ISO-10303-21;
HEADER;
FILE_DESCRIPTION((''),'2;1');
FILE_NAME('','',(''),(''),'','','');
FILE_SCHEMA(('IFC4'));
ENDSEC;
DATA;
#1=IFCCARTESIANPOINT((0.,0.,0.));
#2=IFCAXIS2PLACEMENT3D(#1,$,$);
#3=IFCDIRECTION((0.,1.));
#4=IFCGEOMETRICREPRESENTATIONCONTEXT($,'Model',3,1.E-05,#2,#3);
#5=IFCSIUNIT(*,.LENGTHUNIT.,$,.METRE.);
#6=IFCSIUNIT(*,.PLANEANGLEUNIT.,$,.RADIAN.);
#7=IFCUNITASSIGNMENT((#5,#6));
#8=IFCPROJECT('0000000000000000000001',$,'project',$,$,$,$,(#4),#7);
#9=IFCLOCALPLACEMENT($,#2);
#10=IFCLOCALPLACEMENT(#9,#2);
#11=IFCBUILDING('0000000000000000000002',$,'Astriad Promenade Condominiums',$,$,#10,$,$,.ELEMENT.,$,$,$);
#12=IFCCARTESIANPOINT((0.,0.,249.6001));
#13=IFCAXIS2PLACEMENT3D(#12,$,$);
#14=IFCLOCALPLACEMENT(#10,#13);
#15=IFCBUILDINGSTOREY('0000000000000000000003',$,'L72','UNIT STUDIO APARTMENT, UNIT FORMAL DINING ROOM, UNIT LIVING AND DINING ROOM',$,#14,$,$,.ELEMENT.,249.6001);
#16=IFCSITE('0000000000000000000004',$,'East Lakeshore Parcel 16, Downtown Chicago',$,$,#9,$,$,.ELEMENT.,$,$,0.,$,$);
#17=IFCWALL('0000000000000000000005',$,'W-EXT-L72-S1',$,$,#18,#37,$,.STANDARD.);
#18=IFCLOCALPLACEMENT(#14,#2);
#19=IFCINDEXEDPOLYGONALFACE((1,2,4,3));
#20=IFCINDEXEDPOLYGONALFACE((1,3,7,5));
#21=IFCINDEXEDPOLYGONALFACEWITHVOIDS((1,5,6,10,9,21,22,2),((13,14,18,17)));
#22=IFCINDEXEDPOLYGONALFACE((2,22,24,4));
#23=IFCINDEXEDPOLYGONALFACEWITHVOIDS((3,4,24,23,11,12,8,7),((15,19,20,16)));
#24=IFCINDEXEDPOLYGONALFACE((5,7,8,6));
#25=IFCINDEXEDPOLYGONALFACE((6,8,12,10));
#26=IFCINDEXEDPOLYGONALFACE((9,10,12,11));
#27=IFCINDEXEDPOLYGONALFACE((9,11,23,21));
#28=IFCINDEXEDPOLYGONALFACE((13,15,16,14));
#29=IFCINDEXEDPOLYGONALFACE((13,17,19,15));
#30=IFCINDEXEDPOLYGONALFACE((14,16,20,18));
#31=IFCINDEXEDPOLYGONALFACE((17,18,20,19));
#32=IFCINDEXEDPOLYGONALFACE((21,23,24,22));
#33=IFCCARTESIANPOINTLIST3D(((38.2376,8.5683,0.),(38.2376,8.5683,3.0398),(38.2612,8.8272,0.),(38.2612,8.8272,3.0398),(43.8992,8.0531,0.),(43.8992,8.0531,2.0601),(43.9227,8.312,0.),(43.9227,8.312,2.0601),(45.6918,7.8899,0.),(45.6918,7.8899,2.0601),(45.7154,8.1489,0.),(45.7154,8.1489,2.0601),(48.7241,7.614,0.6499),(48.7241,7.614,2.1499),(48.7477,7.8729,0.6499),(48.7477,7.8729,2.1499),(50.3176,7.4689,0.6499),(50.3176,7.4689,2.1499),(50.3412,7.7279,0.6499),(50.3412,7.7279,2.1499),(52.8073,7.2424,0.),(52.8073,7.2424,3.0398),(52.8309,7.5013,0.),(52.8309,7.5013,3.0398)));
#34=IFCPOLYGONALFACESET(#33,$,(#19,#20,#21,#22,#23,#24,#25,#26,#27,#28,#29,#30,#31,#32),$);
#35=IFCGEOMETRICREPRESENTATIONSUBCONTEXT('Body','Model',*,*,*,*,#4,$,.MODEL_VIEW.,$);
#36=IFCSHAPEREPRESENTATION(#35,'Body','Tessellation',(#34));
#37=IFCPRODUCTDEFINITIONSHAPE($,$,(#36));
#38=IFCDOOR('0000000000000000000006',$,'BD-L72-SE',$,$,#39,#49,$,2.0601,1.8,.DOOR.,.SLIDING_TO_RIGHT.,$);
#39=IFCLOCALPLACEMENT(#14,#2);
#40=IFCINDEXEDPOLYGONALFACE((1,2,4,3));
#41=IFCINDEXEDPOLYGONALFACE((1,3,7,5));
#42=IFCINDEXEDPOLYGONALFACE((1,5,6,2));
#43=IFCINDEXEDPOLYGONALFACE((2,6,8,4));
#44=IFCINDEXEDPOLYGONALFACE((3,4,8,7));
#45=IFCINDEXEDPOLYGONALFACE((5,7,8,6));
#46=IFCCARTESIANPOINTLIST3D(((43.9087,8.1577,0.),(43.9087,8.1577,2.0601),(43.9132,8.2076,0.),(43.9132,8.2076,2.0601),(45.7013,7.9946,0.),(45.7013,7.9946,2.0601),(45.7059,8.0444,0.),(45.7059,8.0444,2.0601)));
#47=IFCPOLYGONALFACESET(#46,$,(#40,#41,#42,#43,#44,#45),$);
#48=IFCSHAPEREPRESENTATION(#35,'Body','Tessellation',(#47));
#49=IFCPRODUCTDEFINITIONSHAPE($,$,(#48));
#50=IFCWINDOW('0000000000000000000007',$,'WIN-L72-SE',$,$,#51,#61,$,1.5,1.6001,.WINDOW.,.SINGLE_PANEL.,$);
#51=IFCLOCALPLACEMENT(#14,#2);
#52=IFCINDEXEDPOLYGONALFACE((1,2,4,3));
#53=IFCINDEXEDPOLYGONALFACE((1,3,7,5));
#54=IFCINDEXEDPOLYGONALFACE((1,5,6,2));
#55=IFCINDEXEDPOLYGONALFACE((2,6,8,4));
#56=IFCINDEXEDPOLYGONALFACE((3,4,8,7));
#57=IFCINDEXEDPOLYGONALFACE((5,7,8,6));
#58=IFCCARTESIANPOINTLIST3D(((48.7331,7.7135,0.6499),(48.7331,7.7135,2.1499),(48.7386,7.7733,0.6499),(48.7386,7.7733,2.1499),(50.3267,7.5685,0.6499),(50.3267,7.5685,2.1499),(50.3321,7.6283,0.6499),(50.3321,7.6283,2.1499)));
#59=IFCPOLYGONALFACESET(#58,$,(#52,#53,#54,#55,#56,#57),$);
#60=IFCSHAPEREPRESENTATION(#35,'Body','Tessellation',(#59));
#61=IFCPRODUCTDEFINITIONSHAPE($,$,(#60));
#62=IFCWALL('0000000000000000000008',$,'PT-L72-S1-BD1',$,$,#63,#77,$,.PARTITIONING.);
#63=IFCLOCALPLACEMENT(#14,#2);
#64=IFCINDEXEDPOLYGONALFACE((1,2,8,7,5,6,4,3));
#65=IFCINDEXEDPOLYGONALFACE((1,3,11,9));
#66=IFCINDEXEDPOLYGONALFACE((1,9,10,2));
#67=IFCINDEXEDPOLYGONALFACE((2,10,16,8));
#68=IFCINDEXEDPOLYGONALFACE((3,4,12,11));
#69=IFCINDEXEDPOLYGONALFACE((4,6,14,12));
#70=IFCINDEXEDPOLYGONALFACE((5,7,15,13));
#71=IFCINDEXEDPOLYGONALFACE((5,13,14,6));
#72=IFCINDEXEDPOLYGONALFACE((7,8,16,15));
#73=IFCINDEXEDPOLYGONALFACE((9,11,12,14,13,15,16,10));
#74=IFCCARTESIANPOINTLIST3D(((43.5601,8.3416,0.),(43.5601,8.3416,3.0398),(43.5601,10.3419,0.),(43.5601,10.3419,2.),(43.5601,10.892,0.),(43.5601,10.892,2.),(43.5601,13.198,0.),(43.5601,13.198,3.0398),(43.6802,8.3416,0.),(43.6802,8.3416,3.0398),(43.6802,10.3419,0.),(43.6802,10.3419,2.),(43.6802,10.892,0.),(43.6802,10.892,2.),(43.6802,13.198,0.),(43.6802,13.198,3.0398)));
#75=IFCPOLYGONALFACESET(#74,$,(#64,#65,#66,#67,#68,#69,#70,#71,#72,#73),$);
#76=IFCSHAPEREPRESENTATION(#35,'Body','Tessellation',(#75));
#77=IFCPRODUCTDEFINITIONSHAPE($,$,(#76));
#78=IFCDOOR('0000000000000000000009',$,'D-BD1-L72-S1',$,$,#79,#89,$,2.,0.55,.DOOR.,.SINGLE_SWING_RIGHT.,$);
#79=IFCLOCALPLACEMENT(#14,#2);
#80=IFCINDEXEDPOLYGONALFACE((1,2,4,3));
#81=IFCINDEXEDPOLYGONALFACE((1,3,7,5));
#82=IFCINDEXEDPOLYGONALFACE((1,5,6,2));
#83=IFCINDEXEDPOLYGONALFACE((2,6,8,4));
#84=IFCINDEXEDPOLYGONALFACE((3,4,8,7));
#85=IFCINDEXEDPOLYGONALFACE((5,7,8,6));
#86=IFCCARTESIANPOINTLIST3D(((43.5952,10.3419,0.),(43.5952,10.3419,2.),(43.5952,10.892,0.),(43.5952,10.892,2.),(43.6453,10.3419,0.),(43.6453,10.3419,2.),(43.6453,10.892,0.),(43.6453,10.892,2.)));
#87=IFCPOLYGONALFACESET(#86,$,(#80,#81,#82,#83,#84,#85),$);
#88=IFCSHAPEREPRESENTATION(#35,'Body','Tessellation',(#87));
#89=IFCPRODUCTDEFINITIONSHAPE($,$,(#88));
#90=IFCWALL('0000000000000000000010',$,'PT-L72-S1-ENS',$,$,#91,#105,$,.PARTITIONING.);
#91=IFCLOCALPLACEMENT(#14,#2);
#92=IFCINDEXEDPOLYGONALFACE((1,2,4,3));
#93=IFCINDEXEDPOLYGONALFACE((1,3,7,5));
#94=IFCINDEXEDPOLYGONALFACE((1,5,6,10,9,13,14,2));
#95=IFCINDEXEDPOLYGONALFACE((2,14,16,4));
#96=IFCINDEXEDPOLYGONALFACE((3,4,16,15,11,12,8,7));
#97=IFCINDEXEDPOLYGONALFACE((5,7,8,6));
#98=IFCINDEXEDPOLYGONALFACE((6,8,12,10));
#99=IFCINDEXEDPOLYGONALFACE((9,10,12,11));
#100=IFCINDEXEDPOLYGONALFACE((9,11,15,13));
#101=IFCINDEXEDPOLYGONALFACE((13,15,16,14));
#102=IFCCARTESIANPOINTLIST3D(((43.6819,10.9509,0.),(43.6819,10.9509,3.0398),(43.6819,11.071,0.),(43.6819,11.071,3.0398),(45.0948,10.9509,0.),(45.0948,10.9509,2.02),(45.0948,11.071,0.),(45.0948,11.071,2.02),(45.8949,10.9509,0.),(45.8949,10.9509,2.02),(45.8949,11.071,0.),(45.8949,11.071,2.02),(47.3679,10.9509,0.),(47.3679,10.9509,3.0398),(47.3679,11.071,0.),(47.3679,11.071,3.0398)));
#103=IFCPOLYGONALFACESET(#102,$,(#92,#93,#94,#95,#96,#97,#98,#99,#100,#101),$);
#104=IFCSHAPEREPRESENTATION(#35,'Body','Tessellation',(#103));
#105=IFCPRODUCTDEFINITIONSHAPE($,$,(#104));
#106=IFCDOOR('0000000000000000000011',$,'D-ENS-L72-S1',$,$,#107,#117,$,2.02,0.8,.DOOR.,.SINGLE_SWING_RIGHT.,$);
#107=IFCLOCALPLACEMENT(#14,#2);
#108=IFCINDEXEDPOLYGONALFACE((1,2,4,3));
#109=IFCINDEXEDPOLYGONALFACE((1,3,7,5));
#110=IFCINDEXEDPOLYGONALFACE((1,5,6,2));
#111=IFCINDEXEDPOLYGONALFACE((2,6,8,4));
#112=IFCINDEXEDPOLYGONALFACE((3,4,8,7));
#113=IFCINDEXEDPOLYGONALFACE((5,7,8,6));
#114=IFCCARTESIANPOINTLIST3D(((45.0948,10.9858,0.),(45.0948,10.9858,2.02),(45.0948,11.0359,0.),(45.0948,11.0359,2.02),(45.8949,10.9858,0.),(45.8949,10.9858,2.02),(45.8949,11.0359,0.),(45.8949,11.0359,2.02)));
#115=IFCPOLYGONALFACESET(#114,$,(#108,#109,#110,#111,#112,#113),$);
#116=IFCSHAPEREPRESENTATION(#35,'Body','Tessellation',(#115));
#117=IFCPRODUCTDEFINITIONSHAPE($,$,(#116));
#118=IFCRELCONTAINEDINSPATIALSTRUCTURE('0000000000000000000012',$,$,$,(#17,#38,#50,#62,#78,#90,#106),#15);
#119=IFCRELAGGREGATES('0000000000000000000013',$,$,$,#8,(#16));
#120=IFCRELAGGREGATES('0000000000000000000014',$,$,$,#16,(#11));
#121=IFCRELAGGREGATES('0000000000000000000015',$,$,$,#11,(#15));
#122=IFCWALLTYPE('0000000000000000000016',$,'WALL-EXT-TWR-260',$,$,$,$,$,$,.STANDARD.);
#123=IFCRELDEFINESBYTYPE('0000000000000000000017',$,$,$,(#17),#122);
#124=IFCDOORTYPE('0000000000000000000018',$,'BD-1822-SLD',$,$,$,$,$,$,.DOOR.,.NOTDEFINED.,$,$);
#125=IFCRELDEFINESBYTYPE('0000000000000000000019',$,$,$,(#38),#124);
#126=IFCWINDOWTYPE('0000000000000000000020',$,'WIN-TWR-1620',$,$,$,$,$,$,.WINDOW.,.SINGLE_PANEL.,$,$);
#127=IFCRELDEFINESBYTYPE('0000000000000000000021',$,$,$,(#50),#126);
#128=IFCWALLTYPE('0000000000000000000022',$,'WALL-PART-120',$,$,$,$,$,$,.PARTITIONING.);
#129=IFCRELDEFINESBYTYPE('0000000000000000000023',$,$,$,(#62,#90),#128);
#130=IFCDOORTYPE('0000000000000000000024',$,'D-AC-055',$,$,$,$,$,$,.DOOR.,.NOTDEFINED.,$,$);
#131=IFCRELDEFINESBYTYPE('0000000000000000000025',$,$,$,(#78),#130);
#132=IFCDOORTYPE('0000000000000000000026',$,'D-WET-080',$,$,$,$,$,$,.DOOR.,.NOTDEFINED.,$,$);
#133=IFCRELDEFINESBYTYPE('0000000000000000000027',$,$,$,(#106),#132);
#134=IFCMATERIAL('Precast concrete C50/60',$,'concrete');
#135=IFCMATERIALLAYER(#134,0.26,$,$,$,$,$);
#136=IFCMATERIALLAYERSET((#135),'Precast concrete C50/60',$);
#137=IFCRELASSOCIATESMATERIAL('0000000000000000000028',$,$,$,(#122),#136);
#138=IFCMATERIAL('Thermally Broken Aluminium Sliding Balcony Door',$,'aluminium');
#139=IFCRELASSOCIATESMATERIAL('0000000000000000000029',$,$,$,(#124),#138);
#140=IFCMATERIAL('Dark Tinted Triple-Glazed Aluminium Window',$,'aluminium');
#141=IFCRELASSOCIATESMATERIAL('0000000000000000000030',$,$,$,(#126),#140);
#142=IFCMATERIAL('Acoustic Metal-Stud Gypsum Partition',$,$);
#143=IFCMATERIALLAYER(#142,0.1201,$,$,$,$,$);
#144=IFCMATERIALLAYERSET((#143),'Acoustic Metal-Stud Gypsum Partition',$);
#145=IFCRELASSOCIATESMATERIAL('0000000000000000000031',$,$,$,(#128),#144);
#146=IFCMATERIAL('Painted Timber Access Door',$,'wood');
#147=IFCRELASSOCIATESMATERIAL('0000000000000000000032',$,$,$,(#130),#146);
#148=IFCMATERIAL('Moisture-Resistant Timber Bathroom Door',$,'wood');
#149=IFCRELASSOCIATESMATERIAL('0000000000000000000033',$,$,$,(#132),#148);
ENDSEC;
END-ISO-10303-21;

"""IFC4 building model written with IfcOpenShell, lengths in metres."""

from ifc_helpers import new_model, si_unit, direction, frame, frame_2d, origin, place, context, subcontext, project, spatial, rectangle, extrude, source, transform, mapped, material, layer, layer_set, type_object, type_shapes, element, fill, save


model = new_model("IFC4")

# Units and contexts
model_context = context("Model", 3, precision=1e-05, world=origin(), true_north=direction((0.0, 1.0)))
body_context = subcontext(model_context, "Body", "Model", "MODEL_VIEW")
ifc_project = project(units=[si_unit("LENGTHUNIT", "METRE"), si_unit("PLANEANGLEUNIT", "RADIAN")], contexts=[model_context])

# Site, building, storey
site_placement = place(None, origin())
site = spatial("IfcSite", under=ifc_project, at=site_placement, Name="East Lakeshore Parcel 16, Downtown Chicago", CompositionType="ELEMENT", RefElevation=0.0)
building_placement = place(site_placement, origin())
building = spatial("IfcBuilding", under=site, at=building_placement, Name="Astriad Promenade Condominiums", CompositionType="ELEMENT")
storey_placement = place(building_placement, frame((0.0, 0.0, 249.6001)))
storey = spatial("IfcBuildingStorey", under=building, at=storey_placement, Name="L72", Description="UNIT STUDIO APARTMENT, UNIT FORMAL DINING ROOM, UNIT LIVING AND DINING ROOM", CompositionType="ELEMENT", Elevation=249.6001)

# Shared definitions
ifc_material_1 = material(Name="Precast concrete C50/60", Category="concrete")
ifc_layer_1 = layer(ifc_material_1, 0.26)
ifc_layer_set_1 = layer_set([ifc_layer_1], Name="Precast concrete C50/60")
wall_type_1 = type_object("IfcWallType", Name="WALL-EXT-TWR-260", PredefinedType="STANDARD", material=ifc_layer_set_1)

# Wall, openings, door, window
wall_1_placement = place(storey_placement, frame((52.8191, 7.3718, 0.0), z_axis=(0.0, 0.0, 1.0), x_axis=(-0.995884, 0.090632, 0.0)))
wall_1 = element("IfcWall", 1, at=wall_1_placement, inside=storey, type_object=wall_type_1, Name="W-EXT-L72-S1", PredefinedType="STANDARD", context=body_context, shape_type="SweptSolid", body=[
    extrude(rectangle(XDim=14.6299, YDim=0.26, at=frame_2d((7.3149, 0.0))), origin(), (0.0, 0.0, 1.0), 3.0398),
])
opening_1_placement = place(wall_1_placement, frame((7.145, 0.0, 0.0)))
opening_1 = element("IfcOpeningElement", 2, at=opening_1_placement, cuts=wall_1, PredefinedType="OPENING", context=body_context, shape_type="SweptSolid", body=[
    extrude(rectangle(XDim=1.8, YDim=2.0601, at=frame_2d((0.8999, 1.03))), frame((0.0, 0.1399, 0.0), z_axis=(0.0, -1.0, 0.0), x_axis=(1.0, 0.0, 0.0)), (0.0, 0.0, 1.0), 0.28),
])
opening_2_placement = place(wall_1_placement, frame((2.5, 0.0, 0.6499)))
opening_2 = element("IfcOpeningElement", 3, at=opening_2_placement, cuts=wall_1, PredefinedType="OPENING", context=body_context, shape_type="SweptSolid", body=[
    extrude(rectangle(XDim=1.6001, YDim=1.5, at=frame_2d((0.8, 0.75))), frame((0.0, 0.1399, 0.0), z_axis=(0.0, -1.0, 0.0), x_axis=(1.0, 0.0, 0.0)), (0.0, 0.0, 1.0), 0.28),
])
ifc_material_2 = material(Name="Thermally Broken Aluminium Sliding Balcony Door", Category="aluminium")
door_type_1 = type_object("IfcDoorType", Name="BD-1822-SLD", OperationType="NOTDEFINED", PredefinedType="DOOR", material=ifc_material_2)
shared_shape_1 = source(origin(), body_context, "Body", "SweptSolid", [
    extrude(rectangle(XDim=1.8, YDim=2.0601, at=frame_2d((0.8999, 1.03))), frame((0.0, 0.0249, 0.0), z_axis=(0.0, -1.0, 0.0), x_axis=(1.0, 0.0, 0.0)), (0.0, 0.0, 1.0), 0.05),
])
type_shapes(door_type_1, [shared_shape_1])
door_1_placement = place(opening_1_placement, origin())
door_1 = element("IfcDoor", 4, at=door_1_placement, inside=storey, type_object=door_type_1, Name="BD-L72-SE", OperationType="SLIDING_TO_RIGHT", OverallHeight=2.0601, OverallWidth=1.8, PredefinedType="DOOR", context=body_context, shape_type="MappedRepresentation", body=[
    mapped(shared_shape_1, transform((0.0, 0.0, 0.0), scale=1.0)),
])
fill(opening_1, door_1)
ifc_material_3 = material(Name="Dark Tinted Triple-Glazed Aluminium Window", Category="aluminium")
window_type = type_object("IfcWindowType", Name="WIN-TWR-1620", PartitioningType="SINGLE_PANEL", PredefinedType="WINDOW", material=ifc_material_3)
shared_shape_2 = source(origin(), body_context, "Body", "SweptSolid", [
    extrude(rectangle(XDim=1.6001, YDim=1.5, at=frame_2d((0.8, 0.75))), frame((0.0, 0.03, 0.0), z_axis=(0.0, -1.0, 0.0), x_axis=(1.0, 0.0, 0.0)), (0.0, 0.0, 1.0), 0.0601),
])
type_shapes(window_type, [shared_shape_2])
window_placement = place(opening_2_placement, origin())
window = element("IfcWindow", 5, at=window_placement, inside=storey, type_object=window_type, Name="WIN-L72-SE", OverallHeight=1.5, OverallWidth=1.6001, PartitioningType="SINGLE_PANEL", PredefinedType="WINDOW", context=body_context, shape_type="MappedRepresentation", body=[
    mapped(shared_shape_2, transform((0.0, 0.0, 0.0), scale=1.0)),
])
fill(opening_2, window)

# Walls, openings, doors
ifc_material_4 = material(Name="Acoustic Metal-Stud Gypsum Partition")
ifc_layer_2 = layer(ifc_material_4, 0.1201)
ifc_layer_set_2 = layer_set([ifc_layer_2], Name="Acoustic Metal-Stud Gypsum Partition")
wall_type_2 = type_object("IfcWallType", Name="WALL-PART-120", PredefinedType="PARTITIONING", material=ifc_layer_set_2)
wall_2_placement = place(storey_placement, frame((43.6201, 8.3416, 0.0), z_axis=(0.0, 0.0, 1.0), x_axis=(0.0, 1.0, 0.0)))
wall_2 = element("IfcWall", 6, at=wall_2_placement, inside=storey, type_object=wall_type_2, Name="PT-L72-S1-BD1", PredefinedType="PARTITIONING", context=body_context, shape_type="SweptSolid", body=[
    extrude(rectangle(XDim=4.8564, YDim=0.1201, at=frame_2d((2.4282, 0.0))), origin(), (0.0, 0.0, 1.0), 3.0398),
])
opening_3_placement = place(wall_2_placement, frame((2.0005, 0.0, 0.0)))
opening_3 = element("IfcOpeningElement", 7, at=opening_3_placement, cuts=wall_2, PredefinedType="OPENING", context=body_context, shape_type="SweptSolid", body=[
    extrude(rectangle(XDim=0.55, YDim=2.0, at=frame_2d((0.2749, 1.0))), frame((0.0, 0.0701, 0.0), z_axis=(0.0, -1.0, 0.0), x_axis=(1.0, 0.0, 0.0)), (0.0, 0.0, 1.0), 0.1401),
])
ifc_material_5 = material(Name="Painted Timber Access Door", Category="wood")
door_type_2 = type_object("IfcDoorType", Name="D-AC-055", OperationType="NOTDEFINED", PredefinedType="DOOR", material=ifc_material_5)
shared_shape_3 = source(origin(), body_context, "Body", "SweptSolid", [
    extrude(rectangle(XDim=0.55, YDim=2.0, at=frame_2d((0.2749, 1.0))), frame((0.0, 0.0249, 0.0), z_axis=(0.0, -1.0, 0.0), x_axis=(1.0, 0.0, 0.0)), (0.0, 0.0, 1.0), 0.05),
])
type_shapes(door_type_2, [shared_shape_3])
door_2_placement = place(opening_3_placement, origin())
door_2 = element("IfcDoor", 8, at=door_2_placement, inside=storey, type_object=door_type_2, Name="D-BD1-L72-S1", OperationType="SINGLE_SWING_RIGHT", OverallHeight=2.0, OverallWidth=0.55, PredefinedType="DOOR", context=body_context, shape_type="MappedRepresentation", body=[
    mapped(shared_shape_3, transform((0.0, 0.0, 0.0), scale=1.0)),
])
fill(opening_3, door_2)
wall_3_placement = place(storey_placement, frame((43.6819, 11.011, 0.0), z_axis=(0.0, 0.0, 1.0), x_axis=(1.0, 0.0, 0.0)))
wall_3 = element("IfcWall", 9, at=wall_3_placement, inside=storey, type_object=wall_type_2, Name="PT-L72-S1-ENS", PredefinedType="PARTITIONING", context=body_context, shape_type="SweptSolid", body=[
    extrude(rectangle(XDim=3.686, YDim=0.1201, at=frame_2d((1.843, 0.0))), origin(), (0.0, 0.0, 1.0), 3.0398),
])
opening_4_placement = place(wall_3_placement, frame((1.4131, 0.0, 0.0)))
opening_4 = element("IfcOpeningElement", 10, at=opening_4_placement, cuts=wall_3, PredefinedType="OPENING", context=body_context, shape_type="SweptSolid", body=[
    extrude(rectangle(XDim=0.8, YDim=2.02, at=frame_2d((0.3999, 1.01))), frame((0.0, 0.0701, 0.0), z_axis=(0.0, -1.0, 0.0), x_axis=(1.0, 0.0, 0.0)), (0.0, 0.0, 1.0), 0.1401),
])
ifc_material_6 = material(Name="Moisture-Resistant Timber Bathroom Door", Category="wood")
door_type_3 = type_object("IfcDoorType", Name="D-WET-080", OperationType="NOTDEFINED", PredefinedType="DOOR", material=ifc_material_6)
shared_shape_4 = source(origin(), body_context, "Body", "SweptSolid", [
    extrude(rectangle(XDim=0.8, YDim=2.02, at=frame_2d((0.3999, 1.01))), frame((0.0, 0.0249, 0.0), z_axis=(0.0, -1.0, 0.0), x_axis=(1.0, 0.0, 0.0)), (0.0, 0.0, 1.0), 0.05),
])
type_shapes(door_type_3, [shared_shape_4])
door_3_placement = place(opening_4_placement, origin())
door_3 = element("IfcDoor", 11, at=door_3_placement, inside=storey, type_object=door_type_3, Name="D-ENS-L72-S1", OperationType="SINGLE_SWING_RIGHT", OverallHeight=2.02, OverallWidth=0.8, PredefinedType="DOOR", context=body_context, shape_type="MappedRepresentation", body=[
    mapped(shared_shape_4, transform((0.0, 0.0, 0.0), scale=1.0)),
])
fill(opening_4, door_3)

save(model, "model.ifc")
